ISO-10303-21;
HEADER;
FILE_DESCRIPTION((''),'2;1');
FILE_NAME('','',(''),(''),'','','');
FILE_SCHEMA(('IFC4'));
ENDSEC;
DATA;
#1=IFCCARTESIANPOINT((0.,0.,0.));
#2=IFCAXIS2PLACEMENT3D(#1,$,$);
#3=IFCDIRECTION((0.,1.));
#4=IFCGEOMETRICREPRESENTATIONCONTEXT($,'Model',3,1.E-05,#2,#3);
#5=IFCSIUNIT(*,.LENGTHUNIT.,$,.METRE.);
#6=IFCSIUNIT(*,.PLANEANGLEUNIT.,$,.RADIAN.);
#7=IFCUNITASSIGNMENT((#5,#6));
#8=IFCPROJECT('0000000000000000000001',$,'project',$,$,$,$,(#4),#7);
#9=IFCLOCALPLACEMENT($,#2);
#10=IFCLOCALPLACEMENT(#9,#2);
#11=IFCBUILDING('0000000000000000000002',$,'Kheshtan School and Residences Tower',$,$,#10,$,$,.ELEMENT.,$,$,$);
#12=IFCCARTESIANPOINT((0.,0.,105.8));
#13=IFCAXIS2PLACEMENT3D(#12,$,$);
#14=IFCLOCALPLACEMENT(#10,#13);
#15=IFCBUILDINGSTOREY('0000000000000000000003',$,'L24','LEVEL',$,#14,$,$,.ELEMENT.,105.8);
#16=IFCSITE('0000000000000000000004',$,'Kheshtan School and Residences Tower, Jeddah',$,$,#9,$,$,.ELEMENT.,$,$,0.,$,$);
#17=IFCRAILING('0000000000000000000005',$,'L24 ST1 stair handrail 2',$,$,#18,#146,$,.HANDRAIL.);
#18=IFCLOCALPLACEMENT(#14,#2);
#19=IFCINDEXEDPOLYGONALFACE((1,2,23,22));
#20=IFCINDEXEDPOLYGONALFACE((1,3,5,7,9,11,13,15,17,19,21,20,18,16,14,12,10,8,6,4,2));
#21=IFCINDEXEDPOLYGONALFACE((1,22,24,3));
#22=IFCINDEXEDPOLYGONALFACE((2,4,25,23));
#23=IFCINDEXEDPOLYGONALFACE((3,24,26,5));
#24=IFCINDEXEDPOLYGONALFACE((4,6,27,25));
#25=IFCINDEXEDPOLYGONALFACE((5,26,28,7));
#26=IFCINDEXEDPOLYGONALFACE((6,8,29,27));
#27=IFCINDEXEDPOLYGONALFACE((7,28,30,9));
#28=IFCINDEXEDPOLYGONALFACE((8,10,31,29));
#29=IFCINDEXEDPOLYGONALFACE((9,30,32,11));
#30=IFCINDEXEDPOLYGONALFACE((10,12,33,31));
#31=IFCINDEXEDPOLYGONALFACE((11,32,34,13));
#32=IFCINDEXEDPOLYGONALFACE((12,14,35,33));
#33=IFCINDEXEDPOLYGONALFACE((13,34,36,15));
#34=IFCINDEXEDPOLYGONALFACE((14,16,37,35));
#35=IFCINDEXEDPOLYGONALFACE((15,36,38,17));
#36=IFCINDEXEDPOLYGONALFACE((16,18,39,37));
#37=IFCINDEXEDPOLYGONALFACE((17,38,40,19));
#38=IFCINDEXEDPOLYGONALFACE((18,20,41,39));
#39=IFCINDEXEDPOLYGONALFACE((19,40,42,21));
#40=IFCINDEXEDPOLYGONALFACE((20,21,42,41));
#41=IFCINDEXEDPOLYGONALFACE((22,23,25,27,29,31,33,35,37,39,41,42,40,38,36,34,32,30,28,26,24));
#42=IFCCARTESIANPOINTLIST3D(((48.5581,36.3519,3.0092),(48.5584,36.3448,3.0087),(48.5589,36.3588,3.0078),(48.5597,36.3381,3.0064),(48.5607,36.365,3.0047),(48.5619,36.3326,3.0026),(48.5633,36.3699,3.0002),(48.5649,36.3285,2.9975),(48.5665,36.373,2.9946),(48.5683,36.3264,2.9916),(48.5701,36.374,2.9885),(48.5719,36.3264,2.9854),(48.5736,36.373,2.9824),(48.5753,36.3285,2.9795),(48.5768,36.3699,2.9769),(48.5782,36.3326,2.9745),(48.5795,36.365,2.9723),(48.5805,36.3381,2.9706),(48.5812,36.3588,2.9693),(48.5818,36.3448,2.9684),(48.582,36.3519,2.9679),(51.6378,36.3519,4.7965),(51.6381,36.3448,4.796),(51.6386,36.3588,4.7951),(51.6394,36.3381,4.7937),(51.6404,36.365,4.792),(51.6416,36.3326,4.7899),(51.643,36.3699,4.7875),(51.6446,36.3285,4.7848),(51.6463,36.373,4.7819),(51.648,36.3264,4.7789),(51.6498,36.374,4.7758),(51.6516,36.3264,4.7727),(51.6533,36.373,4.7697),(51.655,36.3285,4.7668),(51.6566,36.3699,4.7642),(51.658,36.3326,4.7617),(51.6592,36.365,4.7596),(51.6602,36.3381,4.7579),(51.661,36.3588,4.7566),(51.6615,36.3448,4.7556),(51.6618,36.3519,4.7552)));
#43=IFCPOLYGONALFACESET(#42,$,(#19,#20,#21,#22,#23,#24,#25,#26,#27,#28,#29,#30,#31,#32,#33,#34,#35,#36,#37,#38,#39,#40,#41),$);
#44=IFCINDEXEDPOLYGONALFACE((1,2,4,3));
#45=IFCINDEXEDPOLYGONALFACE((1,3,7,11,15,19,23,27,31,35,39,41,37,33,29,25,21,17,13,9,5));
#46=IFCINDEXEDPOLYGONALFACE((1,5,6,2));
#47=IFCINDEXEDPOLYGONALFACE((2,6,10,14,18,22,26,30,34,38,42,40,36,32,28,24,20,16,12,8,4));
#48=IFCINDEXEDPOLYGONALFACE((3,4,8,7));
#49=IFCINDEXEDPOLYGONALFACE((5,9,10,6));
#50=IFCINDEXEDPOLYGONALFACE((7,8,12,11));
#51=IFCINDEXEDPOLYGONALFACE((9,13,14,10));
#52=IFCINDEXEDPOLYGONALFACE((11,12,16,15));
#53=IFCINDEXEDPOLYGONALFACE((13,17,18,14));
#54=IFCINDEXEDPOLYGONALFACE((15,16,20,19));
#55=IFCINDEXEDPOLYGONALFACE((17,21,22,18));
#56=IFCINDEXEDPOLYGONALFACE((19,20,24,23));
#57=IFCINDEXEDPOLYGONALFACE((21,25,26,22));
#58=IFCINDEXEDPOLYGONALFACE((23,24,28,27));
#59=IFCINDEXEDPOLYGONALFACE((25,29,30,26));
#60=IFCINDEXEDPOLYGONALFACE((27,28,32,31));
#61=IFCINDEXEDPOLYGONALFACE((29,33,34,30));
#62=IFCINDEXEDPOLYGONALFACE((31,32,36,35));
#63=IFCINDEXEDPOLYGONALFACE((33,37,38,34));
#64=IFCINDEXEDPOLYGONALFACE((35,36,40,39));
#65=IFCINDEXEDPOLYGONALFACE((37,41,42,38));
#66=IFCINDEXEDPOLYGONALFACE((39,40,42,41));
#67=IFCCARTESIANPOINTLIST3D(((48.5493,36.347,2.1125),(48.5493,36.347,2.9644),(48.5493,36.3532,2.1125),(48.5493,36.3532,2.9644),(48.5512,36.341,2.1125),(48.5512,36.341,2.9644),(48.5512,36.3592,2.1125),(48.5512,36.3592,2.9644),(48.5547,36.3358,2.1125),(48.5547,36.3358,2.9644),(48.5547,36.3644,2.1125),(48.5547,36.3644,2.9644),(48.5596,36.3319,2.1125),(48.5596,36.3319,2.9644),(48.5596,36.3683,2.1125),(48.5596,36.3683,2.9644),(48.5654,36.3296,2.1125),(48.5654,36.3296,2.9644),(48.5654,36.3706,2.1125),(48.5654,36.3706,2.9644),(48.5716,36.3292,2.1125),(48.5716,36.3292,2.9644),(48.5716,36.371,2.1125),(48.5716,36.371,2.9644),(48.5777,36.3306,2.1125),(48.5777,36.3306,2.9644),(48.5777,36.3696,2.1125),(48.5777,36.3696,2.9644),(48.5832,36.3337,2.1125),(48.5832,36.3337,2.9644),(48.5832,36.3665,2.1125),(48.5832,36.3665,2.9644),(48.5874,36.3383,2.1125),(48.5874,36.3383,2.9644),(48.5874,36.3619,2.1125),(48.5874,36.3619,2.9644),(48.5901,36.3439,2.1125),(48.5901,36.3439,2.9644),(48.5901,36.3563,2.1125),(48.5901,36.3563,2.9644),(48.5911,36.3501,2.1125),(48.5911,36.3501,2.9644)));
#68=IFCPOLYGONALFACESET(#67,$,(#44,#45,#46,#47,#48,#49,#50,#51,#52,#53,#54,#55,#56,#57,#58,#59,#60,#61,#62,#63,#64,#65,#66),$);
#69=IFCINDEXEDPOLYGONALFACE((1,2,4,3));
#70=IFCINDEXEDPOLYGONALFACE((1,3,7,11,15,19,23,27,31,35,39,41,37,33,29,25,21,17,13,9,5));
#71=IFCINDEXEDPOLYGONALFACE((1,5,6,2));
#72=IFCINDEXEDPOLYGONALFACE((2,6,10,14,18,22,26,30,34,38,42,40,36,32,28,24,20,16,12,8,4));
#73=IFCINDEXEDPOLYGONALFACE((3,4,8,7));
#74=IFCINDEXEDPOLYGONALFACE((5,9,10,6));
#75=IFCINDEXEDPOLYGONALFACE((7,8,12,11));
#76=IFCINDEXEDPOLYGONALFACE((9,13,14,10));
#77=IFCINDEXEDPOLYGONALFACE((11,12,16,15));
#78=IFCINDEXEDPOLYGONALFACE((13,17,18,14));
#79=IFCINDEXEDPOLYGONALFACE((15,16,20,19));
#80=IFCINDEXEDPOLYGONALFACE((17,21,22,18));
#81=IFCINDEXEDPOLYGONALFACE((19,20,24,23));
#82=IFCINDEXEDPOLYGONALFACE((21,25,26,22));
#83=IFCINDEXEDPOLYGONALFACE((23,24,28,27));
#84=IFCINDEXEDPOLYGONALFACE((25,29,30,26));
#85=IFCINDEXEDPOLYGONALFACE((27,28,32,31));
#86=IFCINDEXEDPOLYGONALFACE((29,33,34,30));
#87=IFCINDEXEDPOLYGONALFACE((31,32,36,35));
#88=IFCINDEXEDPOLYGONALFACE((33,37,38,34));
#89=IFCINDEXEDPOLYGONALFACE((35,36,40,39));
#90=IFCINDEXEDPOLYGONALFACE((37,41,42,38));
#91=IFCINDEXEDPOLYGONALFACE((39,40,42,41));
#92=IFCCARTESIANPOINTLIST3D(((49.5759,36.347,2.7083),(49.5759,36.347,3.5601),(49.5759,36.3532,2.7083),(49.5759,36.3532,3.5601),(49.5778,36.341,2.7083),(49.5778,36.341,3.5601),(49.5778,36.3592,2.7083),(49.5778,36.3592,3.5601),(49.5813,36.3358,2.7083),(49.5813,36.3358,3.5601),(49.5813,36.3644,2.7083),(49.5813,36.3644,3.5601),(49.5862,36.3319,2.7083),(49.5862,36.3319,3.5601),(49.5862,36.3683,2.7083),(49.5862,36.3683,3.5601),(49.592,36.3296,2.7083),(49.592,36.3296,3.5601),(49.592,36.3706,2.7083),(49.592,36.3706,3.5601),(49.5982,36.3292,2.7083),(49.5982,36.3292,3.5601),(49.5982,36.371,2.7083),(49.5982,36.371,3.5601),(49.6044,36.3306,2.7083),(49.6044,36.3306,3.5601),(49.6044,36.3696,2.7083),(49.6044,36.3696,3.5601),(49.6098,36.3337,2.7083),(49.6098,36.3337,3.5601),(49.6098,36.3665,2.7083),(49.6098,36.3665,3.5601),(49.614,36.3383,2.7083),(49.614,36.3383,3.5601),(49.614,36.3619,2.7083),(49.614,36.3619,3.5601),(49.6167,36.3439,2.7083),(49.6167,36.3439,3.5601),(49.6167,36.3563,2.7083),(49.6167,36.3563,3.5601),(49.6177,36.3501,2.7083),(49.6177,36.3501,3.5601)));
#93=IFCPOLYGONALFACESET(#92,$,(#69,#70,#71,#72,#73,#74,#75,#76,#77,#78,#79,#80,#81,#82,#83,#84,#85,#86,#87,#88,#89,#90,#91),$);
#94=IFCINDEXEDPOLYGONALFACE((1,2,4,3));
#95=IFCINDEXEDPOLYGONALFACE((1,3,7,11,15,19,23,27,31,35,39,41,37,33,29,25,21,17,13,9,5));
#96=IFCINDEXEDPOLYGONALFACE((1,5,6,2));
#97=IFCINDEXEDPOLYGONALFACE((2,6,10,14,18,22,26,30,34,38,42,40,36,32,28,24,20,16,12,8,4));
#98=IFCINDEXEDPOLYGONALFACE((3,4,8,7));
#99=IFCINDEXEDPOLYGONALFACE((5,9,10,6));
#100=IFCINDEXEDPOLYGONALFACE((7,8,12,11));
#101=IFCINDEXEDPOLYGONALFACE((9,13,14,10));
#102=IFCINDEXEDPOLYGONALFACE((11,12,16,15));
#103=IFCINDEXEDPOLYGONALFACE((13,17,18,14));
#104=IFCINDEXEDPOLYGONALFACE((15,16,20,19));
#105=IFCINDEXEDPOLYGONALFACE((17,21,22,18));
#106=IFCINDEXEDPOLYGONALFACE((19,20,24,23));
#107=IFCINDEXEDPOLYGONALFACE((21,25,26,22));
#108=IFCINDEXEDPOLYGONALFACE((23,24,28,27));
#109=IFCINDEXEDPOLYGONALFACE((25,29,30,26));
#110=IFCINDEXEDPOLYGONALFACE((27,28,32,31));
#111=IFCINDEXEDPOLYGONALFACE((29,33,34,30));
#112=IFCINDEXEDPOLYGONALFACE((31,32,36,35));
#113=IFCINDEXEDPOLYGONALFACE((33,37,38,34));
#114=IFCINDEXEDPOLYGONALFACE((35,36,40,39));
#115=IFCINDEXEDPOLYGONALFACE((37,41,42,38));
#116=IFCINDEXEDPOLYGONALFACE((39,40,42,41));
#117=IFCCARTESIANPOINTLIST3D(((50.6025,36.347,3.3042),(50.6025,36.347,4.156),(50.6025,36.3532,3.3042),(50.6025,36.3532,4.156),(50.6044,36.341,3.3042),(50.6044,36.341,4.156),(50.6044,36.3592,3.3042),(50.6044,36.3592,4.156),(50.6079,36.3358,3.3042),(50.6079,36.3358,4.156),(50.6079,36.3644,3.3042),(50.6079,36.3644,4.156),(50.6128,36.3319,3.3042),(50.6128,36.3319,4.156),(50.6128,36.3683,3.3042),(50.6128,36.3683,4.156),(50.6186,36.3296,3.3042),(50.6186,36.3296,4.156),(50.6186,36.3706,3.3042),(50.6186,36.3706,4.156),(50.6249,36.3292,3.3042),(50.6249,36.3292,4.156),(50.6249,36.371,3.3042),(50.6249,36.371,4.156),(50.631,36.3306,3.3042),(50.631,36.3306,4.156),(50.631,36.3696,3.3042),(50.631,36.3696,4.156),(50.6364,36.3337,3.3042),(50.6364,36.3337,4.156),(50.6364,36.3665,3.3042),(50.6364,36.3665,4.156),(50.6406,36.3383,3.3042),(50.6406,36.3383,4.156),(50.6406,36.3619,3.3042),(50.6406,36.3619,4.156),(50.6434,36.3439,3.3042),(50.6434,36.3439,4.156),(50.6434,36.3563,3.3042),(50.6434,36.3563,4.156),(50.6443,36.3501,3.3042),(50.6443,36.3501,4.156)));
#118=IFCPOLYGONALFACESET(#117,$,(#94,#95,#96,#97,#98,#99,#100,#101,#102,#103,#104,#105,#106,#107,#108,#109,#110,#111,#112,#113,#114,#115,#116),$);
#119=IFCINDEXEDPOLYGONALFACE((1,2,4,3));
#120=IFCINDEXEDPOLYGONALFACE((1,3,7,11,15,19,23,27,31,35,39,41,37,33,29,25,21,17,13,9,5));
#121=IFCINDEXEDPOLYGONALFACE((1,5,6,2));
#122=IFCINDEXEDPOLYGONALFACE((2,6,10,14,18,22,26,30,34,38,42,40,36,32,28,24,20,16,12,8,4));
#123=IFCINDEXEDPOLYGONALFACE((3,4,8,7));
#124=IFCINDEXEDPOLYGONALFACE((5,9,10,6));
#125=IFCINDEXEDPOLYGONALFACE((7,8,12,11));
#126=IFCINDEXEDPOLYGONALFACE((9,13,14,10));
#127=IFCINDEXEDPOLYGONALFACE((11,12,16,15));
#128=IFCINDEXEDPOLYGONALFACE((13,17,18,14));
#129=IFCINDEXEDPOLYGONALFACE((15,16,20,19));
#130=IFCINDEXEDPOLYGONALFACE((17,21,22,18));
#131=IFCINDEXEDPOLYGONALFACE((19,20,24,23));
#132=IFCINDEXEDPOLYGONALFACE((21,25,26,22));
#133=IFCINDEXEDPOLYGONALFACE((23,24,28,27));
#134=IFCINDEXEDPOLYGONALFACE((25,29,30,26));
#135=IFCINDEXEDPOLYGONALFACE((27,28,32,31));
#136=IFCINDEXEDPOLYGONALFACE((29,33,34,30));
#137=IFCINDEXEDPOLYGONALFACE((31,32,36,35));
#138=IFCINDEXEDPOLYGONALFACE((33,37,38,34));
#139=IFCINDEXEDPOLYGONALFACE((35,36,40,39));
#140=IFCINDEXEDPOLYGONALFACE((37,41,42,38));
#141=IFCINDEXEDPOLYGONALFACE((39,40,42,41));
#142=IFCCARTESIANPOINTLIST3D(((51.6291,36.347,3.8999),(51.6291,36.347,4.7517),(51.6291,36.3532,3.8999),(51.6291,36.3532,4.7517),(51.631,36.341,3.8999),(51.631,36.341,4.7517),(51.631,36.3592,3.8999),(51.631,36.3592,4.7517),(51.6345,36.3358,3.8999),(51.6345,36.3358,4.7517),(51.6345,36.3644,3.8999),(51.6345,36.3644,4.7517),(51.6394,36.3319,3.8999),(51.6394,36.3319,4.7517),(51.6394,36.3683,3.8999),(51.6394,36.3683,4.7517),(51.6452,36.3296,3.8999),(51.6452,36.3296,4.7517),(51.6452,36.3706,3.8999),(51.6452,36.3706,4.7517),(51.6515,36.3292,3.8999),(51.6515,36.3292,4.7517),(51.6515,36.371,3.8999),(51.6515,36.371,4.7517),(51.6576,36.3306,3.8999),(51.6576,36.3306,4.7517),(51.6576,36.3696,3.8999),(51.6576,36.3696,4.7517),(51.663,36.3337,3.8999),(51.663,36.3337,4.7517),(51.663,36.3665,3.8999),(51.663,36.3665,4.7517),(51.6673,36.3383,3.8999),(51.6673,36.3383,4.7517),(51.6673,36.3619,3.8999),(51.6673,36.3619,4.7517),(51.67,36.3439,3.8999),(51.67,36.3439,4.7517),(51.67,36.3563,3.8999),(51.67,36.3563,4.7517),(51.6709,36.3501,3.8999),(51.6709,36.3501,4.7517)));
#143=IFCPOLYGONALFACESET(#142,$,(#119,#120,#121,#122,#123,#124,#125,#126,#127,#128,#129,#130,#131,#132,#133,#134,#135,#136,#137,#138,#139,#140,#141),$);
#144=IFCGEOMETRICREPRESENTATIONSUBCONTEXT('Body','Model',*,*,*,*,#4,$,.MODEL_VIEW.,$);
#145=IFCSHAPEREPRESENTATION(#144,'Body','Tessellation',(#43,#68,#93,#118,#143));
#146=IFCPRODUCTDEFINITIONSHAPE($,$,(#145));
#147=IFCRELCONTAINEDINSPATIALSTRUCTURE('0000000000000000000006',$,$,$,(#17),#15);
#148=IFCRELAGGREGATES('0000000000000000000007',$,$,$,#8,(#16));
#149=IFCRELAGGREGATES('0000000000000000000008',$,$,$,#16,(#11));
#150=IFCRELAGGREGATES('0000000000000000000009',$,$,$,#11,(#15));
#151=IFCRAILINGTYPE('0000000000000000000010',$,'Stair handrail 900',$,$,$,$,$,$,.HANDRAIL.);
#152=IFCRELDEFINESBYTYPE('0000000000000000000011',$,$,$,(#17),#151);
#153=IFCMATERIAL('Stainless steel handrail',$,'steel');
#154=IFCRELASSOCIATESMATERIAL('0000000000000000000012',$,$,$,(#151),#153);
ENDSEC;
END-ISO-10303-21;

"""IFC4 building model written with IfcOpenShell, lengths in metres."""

from ifc_helpers import new_model, si_unit, direction, frame, origin, origin_2d, place, context, subcontext, project, spatial, circle, extrude, material, type_object, element, save


model = new_model("IFC4")

# Units and contexts
model_context = context("Model", 3, precision=1e-05, world=origin(), true_north=direction((0.0, 1.0)))
body_context = subcontext(model_context, "Body", "Model", "MODEL_VIEW")
ifc_project = project(units=[si_unit("LENGTHUNIT", "METRE"), si_unit("PLANEANGLEUNIT", "RADIAN")], contexts=[model_context])

# Site, building, storey
site_placement = place(None, origin())
site = spatial("IfcSite", under=ifc_project, at=site_placement, Name="Kheshtan School and Residences Tower, Jeddah", CompositionType="ELEMENT", RefElevation=0.0)
building_placement = place(site_placement, origin())
building = spatial("IfcBuilding", under=site, at=building_placement, Name="Kheshtan School and Residences Tower", CompositionType="ELEMENT")
storey_placement = place(building_placement, frame((0.0, 0.0, 105.8)))
storey = spatial("IfcBuildingStorey", under=building, at=storey_placement, Name="L24", Description="LEVEL", CompositionType="ELEMENT", Elevation=105.8)

# Railing
ifc_material_1 = material(Name="Stainless steel handrail", Category="steel")
railing_type = type_object("IfcRailingType", Name="Stair handrail 900", PredefinedType="HANDRAIL", material=ifc_material_1)
railing_placement = place(storey_placement, frame((48.5701, 36.3501, 2.1125)))
element("IfcRailing", 1, at=railing_placement, inside=storey, type_object=railing_type, Name="L24 ST1 stair handrail 2", PredefinedType="HANDRAIL", context=body_context, shape_type="SweptSolid", body=[
    extrude(circle(Radius=0.0239, at=origin_2d()), frame((0.0, 0.0, 0.876), z_axis=(0.864903, 0.0, 0.501939), x_axis=(0.0, 1.0, 0.0)), (0.0, 0.0, 1.0), 3.5608),
    extrude(circle(Radius=0.021, at=origin_2d()), origin(), (0.0, 0.0, 1.0), 0.8518),
    extrude(circle(Radius=0.021, at=origin_2d()), frame((1.0266, 0.0, 0.5957)), (0.0, 0.0, 1.0), 0.8518),
    extrude(circle(Radius=0.021, at=origin_2d()), frame((2.0532, 0.0, 1.1917)), (0.0, 0.0, 1.0), 0.8518),
    extrude(circle(Radius=0.021, at=origin_2d()), frame((3.0798, 0.0, 1.7874)), (0.0, 0.0, 1.0), 0.8518),
])

save(model, "model.ifc")
